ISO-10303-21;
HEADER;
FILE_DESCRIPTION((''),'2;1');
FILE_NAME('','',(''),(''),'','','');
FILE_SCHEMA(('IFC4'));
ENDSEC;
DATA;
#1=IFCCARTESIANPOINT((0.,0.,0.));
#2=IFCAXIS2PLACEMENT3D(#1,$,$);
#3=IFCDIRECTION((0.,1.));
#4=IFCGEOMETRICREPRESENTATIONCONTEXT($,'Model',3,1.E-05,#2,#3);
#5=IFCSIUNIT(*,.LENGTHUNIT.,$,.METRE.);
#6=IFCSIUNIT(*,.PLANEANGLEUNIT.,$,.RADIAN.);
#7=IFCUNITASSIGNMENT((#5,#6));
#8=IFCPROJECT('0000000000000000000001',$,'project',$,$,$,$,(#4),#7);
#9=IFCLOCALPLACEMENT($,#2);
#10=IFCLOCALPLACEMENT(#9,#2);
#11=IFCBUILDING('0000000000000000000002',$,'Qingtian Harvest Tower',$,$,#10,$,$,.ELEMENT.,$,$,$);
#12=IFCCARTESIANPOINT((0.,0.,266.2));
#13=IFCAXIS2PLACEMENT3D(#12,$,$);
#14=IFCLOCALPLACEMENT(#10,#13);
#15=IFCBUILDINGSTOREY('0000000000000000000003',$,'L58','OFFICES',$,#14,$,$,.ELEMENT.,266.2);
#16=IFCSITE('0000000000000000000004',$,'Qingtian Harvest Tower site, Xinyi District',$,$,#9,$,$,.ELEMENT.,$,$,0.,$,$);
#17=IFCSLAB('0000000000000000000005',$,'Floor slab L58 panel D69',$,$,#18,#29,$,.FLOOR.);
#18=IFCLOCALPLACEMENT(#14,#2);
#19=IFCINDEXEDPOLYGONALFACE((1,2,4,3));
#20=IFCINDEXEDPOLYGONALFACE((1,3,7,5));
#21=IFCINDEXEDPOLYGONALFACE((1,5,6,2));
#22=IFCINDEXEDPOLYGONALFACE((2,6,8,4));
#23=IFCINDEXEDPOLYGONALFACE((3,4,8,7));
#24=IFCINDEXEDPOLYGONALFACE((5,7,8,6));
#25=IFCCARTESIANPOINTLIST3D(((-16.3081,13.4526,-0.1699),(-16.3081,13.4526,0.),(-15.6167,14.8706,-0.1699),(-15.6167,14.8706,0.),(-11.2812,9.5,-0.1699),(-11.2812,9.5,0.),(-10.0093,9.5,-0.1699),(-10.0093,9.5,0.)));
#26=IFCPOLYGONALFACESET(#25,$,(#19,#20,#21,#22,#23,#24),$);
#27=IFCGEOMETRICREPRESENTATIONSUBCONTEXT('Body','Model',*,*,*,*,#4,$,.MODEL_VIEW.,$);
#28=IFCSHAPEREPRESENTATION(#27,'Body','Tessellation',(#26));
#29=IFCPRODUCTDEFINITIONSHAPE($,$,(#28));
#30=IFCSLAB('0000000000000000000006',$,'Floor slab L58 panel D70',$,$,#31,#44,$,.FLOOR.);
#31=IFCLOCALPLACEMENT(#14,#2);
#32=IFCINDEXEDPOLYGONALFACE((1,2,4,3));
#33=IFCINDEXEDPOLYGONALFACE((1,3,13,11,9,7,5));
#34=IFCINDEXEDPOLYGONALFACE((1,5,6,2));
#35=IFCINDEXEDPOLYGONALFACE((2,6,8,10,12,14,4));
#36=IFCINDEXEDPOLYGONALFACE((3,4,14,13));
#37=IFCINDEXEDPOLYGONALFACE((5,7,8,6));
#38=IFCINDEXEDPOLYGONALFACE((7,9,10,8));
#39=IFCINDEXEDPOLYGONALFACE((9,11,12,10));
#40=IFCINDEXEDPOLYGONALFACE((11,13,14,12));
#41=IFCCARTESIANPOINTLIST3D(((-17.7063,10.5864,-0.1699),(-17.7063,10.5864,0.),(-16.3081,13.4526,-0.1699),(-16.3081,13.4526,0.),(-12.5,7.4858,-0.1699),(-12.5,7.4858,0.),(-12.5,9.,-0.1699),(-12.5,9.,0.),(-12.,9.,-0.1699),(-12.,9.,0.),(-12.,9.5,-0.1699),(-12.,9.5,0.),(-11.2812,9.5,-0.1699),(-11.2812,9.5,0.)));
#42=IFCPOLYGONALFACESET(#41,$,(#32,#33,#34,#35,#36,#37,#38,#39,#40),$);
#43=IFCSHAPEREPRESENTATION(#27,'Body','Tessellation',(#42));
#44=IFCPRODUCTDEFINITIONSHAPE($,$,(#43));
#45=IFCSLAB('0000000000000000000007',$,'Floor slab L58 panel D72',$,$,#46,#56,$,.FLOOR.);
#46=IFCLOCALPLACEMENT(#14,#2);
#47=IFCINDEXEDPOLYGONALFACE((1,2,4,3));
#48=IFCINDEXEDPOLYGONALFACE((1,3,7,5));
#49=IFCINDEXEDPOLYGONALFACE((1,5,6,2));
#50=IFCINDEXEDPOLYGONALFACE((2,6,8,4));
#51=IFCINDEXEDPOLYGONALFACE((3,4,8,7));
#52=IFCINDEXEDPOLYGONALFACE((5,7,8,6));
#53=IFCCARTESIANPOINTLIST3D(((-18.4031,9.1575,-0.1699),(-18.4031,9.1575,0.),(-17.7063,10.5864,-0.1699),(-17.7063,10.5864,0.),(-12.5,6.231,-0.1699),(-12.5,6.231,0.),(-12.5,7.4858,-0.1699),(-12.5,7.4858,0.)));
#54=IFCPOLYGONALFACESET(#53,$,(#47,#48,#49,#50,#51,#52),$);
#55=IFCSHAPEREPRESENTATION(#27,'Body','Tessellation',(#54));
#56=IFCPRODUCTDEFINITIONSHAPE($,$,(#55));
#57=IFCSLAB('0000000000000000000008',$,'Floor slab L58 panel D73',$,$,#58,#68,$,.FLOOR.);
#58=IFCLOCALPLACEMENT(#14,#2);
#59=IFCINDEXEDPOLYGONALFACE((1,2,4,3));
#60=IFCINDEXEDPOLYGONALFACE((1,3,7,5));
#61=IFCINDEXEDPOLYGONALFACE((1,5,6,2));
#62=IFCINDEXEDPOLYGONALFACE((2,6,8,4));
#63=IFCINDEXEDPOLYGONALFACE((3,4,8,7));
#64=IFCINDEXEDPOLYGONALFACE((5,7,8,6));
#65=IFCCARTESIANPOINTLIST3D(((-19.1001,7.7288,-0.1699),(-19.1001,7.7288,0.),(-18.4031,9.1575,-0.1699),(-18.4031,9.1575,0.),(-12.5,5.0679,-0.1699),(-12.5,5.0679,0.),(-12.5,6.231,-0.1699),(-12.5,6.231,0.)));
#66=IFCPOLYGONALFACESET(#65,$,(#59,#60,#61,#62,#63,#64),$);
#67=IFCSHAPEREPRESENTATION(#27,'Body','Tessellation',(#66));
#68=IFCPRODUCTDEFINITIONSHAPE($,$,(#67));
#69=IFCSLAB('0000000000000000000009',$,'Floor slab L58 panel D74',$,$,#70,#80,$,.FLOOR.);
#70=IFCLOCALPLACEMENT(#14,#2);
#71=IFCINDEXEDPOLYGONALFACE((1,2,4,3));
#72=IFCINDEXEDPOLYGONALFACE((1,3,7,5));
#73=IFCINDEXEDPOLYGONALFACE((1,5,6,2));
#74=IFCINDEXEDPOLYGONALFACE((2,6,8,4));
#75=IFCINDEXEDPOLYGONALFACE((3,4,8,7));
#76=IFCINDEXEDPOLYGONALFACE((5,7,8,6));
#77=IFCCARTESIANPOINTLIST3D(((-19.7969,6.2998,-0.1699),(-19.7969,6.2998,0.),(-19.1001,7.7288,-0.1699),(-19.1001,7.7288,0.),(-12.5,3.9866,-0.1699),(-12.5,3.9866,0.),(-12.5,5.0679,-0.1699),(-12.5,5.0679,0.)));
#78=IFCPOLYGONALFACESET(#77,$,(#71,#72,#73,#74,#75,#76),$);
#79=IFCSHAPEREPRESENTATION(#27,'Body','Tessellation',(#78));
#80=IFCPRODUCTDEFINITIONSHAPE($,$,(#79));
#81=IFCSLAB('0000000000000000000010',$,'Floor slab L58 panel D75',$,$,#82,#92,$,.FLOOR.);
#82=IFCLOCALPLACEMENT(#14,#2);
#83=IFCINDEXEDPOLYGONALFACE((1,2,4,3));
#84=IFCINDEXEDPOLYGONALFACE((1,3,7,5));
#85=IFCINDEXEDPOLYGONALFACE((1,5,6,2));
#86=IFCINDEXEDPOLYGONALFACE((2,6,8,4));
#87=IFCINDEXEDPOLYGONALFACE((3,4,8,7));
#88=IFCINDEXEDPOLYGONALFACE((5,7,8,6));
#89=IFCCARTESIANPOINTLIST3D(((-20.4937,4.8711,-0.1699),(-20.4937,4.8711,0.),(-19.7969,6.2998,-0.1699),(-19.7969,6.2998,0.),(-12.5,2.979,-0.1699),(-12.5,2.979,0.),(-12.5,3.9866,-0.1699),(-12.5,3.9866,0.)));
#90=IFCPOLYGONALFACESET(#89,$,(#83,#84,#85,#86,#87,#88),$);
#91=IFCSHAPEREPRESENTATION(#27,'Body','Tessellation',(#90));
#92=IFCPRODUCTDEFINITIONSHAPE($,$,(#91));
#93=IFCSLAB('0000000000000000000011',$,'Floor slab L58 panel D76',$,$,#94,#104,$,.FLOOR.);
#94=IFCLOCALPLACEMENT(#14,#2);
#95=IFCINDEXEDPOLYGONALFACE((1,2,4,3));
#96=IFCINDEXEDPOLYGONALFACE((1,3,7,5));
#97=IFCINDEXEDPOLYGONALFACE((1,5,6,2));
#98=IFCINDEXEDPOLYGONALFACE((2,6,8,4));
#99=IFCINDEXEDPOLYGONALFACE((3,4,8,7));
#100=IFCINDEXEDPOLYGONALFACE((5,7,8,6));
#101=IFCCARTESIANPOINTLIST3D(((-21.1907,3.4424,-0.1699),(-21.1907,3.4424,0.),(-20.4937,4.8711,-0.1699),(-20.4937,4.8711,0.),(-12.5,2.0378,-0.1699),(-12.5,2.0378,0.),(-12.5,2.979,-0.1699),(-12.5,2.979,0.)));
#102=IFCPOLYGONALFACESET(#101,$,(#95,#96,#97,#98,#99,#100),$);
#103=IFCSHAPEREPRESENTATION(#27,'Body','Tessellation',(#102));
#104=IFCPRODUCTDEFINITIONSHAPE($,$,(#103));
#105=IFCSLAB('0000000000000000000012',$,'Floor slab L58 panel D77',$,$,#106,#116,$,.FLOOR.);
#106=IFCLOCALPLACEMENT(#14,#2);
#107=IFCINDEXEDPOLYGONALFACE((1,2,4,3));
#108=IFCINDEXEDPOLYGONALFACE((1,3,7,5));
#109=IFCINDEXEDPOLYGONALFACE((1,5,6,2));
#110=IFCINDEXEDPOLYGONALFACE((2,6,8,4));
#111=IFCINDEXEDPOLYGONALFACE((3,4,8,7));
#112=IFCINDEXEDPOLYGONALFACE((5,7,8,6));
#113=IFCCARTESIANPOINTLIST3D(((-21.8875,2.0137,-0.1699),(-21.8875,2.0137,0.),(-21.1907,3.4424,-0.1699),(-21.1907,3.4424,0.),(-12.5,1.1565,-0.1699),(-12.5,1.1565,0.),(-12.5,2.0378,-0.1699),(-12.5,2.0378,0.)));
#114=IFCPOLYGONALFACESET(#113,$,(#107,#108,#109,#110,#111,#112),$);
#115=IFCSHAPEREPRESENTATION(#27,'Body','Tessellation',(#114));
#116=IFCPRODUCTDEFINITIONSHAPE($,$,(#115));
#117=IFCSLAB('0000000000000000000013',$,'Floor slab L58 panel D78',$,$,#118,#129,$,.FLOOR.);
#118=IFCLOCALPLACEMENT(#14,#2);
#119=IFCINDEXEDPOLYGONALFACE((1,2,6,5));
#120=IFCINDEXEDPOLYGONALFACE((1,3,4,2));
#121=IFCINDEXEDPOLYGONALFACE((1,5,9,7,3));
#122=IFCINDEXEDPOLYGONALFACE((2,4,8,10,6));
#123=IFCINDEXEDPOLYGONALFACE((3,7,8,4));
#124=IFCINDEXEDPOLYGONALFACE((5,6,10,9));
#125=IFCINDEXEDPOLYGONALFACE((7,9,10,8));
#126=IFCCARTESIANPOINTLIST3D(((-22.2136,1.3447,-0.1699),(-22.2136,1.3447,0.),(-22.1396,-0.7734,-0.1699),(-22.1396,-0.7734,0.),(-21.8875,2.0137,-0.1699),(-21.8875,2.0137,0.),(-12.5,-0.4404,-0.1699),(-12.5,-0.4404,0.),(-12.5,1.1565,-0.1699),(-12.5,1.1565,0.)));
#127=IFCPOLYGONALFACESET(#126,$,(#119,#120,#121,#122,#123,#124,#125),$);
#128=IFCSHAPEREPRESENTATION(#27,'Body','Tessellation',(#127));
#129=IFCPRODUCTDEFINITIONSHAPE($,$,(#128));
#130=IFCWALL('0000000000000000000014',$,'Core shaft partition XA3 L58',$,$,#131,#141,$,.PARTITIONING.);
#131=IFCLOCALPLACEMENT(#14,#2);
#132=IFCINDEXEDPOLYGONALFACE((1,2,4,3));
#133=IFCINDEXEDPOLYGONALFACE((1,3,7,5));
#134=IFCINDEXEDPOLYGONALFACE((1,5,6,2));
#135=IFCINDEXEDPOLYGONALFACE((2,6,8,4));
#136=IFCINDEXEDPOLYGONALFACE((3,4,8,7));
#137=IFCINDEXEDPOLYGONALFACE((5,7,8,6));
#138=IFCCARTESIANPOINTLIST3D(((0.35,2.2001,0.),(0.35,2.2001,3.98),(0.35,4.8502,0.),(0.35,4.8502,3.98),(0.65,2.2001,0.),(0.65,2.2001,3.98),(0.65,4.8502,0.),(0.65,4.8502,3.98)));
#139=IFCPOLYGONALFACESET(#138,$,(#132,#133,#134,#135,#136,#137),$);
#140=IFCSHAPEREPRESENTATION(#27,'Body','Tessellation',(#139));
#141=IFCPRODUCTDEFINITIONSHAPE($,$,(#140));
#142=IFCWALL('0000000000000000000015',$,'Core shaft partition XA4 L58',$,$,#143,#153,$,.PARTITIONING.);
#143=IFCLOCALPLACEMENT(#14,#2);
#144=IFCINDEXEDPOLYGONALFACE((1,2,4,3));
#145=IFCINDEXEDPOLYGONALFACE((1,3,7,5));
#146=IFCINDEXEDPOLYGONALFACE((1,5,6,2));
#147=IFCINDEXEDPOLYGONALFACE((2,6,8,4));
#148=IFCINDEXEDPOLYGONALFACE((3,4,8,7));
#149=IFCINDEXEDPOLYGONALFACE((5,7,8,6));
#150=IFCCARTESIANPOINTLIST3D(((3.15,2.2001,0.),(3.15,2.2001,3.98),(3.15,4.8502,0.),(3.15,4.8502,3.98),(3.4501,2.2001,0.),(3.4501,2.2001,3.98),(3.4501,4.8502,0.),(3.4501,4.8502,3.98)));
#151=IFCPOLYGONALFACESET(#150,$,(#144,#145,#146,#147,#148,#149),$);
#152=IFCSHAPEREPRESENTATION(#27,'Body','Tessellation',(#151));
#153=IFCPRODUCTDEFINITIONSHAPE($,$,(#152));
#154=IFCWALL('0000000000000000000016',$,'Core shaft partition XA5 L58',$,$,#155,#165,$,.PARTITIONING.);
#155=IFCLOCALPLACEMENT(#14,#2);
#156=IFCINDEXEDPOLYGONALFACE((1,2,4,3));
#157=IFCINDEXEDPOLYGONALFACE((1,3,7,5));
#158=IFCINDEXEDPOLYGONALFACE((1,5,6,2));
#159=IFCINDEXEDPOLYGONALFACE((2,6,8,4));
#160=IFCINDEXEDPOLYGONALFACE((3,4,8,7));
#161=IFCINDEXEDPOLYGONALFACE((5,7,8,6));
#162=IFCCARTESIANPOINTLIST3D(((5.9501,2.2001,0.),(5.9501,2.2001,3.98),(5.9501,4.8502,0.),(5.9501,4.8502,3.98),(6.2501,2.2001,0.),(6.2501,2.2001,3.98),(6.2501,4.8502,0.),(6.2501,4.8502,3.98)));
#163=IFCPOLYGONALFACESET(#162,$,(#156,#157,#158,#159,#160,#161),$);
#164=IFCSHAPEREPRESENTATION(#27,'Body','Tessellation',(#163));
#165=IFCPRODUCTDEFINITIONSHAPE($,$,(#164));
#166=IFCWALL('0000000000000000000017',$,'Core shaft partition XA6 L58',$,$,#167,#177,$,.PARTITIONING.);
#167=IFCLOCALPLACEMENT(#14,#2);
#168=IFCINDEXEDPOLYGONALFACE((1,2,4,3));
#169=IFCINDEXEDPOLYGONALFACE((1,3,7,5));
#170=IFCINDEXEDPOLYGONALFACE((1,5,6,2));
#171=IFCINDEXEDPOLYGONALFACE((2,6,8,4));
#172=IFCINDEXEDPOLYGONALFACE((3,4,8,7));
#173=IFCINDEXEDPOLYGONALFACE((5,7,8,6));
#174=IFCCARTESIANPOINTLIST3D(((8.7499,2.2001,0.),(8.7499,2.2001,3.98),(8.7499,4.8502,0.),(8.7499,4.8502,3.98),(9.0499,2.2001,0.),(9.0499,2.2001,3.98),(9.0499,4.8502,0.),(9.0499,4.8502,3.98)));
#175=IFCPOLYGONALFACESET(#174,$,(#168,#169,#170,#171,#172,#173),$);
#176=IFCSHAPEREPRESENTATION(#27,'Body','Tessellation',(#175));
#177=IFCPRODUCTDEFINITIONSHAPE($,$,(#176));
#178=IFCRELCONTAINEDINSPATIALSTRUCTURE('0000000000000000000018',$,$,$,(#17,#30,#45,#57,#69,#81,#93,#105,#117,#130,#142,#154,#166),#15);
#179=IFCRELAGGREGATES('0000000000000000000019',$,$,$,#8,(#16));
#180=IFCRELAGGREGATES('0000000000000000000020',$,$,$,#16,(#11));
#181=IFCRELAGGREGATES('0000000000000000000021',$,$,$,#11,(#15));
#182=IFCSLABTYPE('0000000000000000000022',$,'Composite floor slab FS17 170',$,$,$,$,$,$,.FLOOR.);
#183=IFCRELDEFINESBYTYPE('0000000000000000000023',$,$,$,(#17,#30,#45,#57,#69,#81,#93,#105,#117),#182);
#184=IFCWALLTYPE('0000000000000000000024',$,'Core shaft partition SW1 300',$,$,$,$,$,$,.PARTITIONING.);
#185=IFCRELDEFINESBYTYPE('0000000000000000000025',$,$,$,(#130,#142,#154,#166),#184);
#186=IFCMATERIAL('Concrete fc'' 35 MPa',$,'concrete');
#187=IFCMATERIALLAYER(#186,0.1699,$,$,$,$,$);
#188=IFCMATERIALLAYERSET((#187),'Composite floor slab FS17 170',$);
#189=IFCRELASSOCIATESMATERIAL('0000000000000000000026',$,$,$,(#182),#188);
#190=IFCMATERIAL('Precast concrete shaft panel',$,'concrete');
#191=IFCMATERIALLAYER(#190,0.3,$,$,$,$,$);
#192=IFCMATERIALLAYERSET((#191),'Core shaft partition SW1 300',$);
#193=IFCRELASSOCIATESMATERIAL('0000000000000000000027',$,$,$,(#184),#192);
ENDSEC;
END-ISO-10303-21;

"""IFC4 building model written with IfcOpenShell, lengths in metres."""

from ifc_helpers import new_model, si_unit, direction, frame, frame_2d, origin, place, context, subcontext, project, spatial, polyline, rectangle, outline, extrude, material, layer, layer_set, type_object, element, save


model = new_model("IFC4")

# Units and contexts
model_context = context("Model", 3, precision=1e-05, world=origin(), true_north=direction((0.0, 1.0)))
body_context = subcontext(model_context, "Body", "Model", "MODEL_VIEW")
ifc_project = project(units=[si_unit("LENGTHUNIT", "METRE"), si_unit("PLANEANGLEUNIT", "RADIAN")], contexts=[model_context])

# Site, building, storey
site_placement = place(None, origin())
site = spatial("IfcSite", under=ifc_project, at=site_placement, Name="Qingtian Harvest Tower site, Xinyi District", CompositionType="ELEMENT", RefElevation=0.0)
building_placement = place(site_placement, origin())
building = spatial("IfcBuilding", under=site, at=building_placement, Name="Qingtian Harvest Tower", CompositionType="ELEMENT")
storey_placement = place(building_placement, frame((0.0, 0.0, 266.2)))
storey = spatial("IfcBuildingStorey", under=building, at=storey_placement, Name="L58", Description="OFFICES", CompositionType="ELEMENT", Elevation=266.2)

# Slabs
ifc_material_1 = material(Name="Concrete fc' 35 MPa", Category="concrete")
ifc_layer_1 = layer(ifc_material_1, 0.1699)
ifc_layer_set_1 = layer_set([ifc_layer_1], Name="Composite floor slab FS17 170")
slab_type = type_object("IfcSlabType", Name="Composite floor slab FS17 170", PredefinedType="FLOOR", material=ifc_layer_set_1)
slab_1_placement = place(storey_placement, frame((0.0, 0.0, -0.1699)))
element("IfcSlab", 1, at=slab_1_placement, inside=storey, type_object=slab_type, Name="Floor slab L58 panel D69", PredefinedType="FLOOR", context=body_context, shape_type="SweptSolid", body=[
    extrude(outline(polyline([(-11.2812, 9.5), (-16.3081, 13.4526), (-15.6167, 14.8706), (-10.0093, 9.5), (-11.2812, 9.5)])), origin(), (0.0, 0.0, 1.0), 0.1699),
])
slab_2_placement = place(storey_placement, frame((0.0, 0.0, -0.1699)))
element("IfcSlab", 2, at=slab_2_placement, inside=storey, type_object=slab_type, Name="Floor slab L58 panel D70", PredefinedType="FLOOR", context=body_context, shape_type="SweptSolid", body=[
    extrude(outline(polyline([(-12.0, 9.0), (-12.5, 9.0), (-12.5, 7.4858), (-17.7063, 10.5864), (-16.3081, 13.4526), (-11.2812, 9.5), (-12.0, 9.5), (-12.0, 9.0)])), origin(), (0.0, 0.0, 1.0), 0.1699),
])
slab_3_placement = place(storey_placement, frame((0.0, 0.0, -0.1699)))
element("IfcSlab", 3, at=slab_3_placement, inside=storey, type_object=slab_type, Name="Floor slab L58 panel D72", PredefinedType="FLOOR", context=body_context, shape_type="SweptSolid", body=[
    extrude(outline(polyline([(-12.5, 6.231), (-18.4031, 9.1575), (-17.7063, 10.5864), (-12.5, 7.4858), (-12.5, 6.231)])), origin(), (0.0, 0.0, 1.0), 0.1699),
])
slab_4_placement = place(storey_placement, frame((0.0, 0.0, -0.1699)))
element("IfcSlab", 4, at=slab_4_placement, inside=storey, type_object=slab_type, Name="Floor slab L58 panel D73", PredefinedType="FLOOR", context=body_context, shape_type="SweptSolid", body=[
    extrude(outline(polyline([(-12.5, 5.0679), (-19.1001, 7.7288), (-18.4031, 9.1575), (-12.5, 6.231), (-12.5, 5.0679)])), origin(), (0.0, 0.0, 1.0), 0.1699),
])
slab_5_placement = place(storey_placement, frame((0.0, 0.0, -0.1699)))
element("IfcSlab", 5, at=slab_5_placement, inside=storey, type_object=slab_type, Name="Floor slab L58 panel D74", PredefinedType="FLOOR", context=body_context, shape_type="SweptSolid", body=[
    extrude(outline(polyline([(-12.5, 3.9866), (-19.7969, 6.2998), (-19.1001, 7.7288), (-12.5, 5.0679), (-12.5, 3.9866)])), origin(), (0.0, 0.0, 1.0), 0.1699),
])
slab_6_placement = place(storey_placement, frame((0.0, 0.0, -0.1699)))
element("IfcSlab", 6, at=slab_6_placement, inside=storey, type_object=slab_type, Name="Floor slab L58 panel D75", PredefinedType="FLOOR", context=body_context, shape_type="SweptSolid", body=[
    extrude(outline(polyline([(-12.5, 2.979), (-20.4937, 4.8711), (-19.7969, 6.2998), (-12.5, 3.9866), (-12.5, 2.979)])), origin(), (0.0, 0.0, 1.0), 0.1699),
])
slab_7_placement = place(storey_placement, frame((0.0, 0.0, -0.1699)))
element("IfcSlab", 7, at=slab_7_placement, inside=storey, type_object=slab_type, Name="Floor slab L58 panel D76", PredefinedType="FLOOR", context=body_context, shape_type="SweptSolid", body=[
    extrude(outline(polyline([(-12.5, 2.0378), (-21.1907, 3.4424), (-20.4937, 4.8711), (-12.5, 2.979), (-12.5, 2.0378)])), origin(), (0.0, 0.0, 1.0), 0.1699),
])
slab_8_placement = place(storey_placement, frame((0.0, 0.0, -0.1699)))
element("IfcSlab", 8, at=slab_8_placement, inside=storey, type_object=slab_type, Name="Floor slab L58 panel D77", PredefinedType="FLOOR", context=body_context, shape_type="SweptSolid", body=[
    extrude(outline(polyline([(-12.5, 1.1565), (-21.8875, 2.0137), (-21.1907, 3.4424), (-12.5, 2.0378), (-12.5, 1.1565)])), origin(), (0.0, 0.0, 1.0), 0.1699),
])
slab_9_placement = place(storey_placement, frame((0.0, 0.0, -0.1699)))
element("IfcSlab", 9, at=slab_9_placement, inside=storey, type_object=slab_type, Name="Floor slab L58 panel D78", PredefinedType="FLOOR", context=body_context, shape_type="SweptSolid", body=[
    extrude(outline(polyline([(-12.5, 1.1565), (-12.5, -0.4404), (-22.1396, -0.7734), (-22.2136, 1.3447), (-21.8875, 2.0137), (-12.5, 1.1565)])), origin(), (0.0, 0.0, 1.0), 0.1699),
])

# Shared definitions
ifc_material_2 = material(Name="Precast concrete shaft panel", Category="concrete")
ifc_layer_2 = layer(ifc_material_2, 0.3)
ifc_layer_set_2 = layer_set([ifc_layer_2], Name="Core shaft partition SW1 300")
wall_type_1 = type_object("IfcWallType", Name="Core shaft partition SW1 300", PredefinedType="PARTITIONING", material=ifc_layer_set_2)

# Walls
for number, where, z_axis, x_axis, name in (
    (10, (0.5, 2.2, 0.0), (0.0, 0.0, 1.0), (0.0, 1.0, 0.0), "Core shaft partition XA3 L58"),
    (11, (3.3, 2.2, 0.0), (0.0, 0.0, 1.0), (0.0, 1.0, 0.0), "Core shaft partition XA4 L58"),
    (12, (6.1001, 2.2, 0.0), (0.0, 0.0, 1.0), (0.0, 1.0, 0.0), "Core shaft partition XA5 L58"),
    (13, (8.8999, 2.2, 0.0), (0.0, 0.0, 1.0), (0.0, 1.0, 0.0), "Core shaft partition XA6 L58"),
):
    element("IfcWall", number, at=place(storey_placement, frame(where, z_axis=z_axis, x_axis=x_axis)), inside=storey, type_object=wall_type_1, Name=name, PredefinedType="PARTITIONING", context=body_context, shape_type="SweptSolid", body=[
        extrude(rectangle(XDim=2.6501, YDim=0.3, at=frame_2d((1.3252, 0.0))), origin(), (0.0, 0.0, 1.0), 3.98),
    ])

save(model, "model.ifc")
